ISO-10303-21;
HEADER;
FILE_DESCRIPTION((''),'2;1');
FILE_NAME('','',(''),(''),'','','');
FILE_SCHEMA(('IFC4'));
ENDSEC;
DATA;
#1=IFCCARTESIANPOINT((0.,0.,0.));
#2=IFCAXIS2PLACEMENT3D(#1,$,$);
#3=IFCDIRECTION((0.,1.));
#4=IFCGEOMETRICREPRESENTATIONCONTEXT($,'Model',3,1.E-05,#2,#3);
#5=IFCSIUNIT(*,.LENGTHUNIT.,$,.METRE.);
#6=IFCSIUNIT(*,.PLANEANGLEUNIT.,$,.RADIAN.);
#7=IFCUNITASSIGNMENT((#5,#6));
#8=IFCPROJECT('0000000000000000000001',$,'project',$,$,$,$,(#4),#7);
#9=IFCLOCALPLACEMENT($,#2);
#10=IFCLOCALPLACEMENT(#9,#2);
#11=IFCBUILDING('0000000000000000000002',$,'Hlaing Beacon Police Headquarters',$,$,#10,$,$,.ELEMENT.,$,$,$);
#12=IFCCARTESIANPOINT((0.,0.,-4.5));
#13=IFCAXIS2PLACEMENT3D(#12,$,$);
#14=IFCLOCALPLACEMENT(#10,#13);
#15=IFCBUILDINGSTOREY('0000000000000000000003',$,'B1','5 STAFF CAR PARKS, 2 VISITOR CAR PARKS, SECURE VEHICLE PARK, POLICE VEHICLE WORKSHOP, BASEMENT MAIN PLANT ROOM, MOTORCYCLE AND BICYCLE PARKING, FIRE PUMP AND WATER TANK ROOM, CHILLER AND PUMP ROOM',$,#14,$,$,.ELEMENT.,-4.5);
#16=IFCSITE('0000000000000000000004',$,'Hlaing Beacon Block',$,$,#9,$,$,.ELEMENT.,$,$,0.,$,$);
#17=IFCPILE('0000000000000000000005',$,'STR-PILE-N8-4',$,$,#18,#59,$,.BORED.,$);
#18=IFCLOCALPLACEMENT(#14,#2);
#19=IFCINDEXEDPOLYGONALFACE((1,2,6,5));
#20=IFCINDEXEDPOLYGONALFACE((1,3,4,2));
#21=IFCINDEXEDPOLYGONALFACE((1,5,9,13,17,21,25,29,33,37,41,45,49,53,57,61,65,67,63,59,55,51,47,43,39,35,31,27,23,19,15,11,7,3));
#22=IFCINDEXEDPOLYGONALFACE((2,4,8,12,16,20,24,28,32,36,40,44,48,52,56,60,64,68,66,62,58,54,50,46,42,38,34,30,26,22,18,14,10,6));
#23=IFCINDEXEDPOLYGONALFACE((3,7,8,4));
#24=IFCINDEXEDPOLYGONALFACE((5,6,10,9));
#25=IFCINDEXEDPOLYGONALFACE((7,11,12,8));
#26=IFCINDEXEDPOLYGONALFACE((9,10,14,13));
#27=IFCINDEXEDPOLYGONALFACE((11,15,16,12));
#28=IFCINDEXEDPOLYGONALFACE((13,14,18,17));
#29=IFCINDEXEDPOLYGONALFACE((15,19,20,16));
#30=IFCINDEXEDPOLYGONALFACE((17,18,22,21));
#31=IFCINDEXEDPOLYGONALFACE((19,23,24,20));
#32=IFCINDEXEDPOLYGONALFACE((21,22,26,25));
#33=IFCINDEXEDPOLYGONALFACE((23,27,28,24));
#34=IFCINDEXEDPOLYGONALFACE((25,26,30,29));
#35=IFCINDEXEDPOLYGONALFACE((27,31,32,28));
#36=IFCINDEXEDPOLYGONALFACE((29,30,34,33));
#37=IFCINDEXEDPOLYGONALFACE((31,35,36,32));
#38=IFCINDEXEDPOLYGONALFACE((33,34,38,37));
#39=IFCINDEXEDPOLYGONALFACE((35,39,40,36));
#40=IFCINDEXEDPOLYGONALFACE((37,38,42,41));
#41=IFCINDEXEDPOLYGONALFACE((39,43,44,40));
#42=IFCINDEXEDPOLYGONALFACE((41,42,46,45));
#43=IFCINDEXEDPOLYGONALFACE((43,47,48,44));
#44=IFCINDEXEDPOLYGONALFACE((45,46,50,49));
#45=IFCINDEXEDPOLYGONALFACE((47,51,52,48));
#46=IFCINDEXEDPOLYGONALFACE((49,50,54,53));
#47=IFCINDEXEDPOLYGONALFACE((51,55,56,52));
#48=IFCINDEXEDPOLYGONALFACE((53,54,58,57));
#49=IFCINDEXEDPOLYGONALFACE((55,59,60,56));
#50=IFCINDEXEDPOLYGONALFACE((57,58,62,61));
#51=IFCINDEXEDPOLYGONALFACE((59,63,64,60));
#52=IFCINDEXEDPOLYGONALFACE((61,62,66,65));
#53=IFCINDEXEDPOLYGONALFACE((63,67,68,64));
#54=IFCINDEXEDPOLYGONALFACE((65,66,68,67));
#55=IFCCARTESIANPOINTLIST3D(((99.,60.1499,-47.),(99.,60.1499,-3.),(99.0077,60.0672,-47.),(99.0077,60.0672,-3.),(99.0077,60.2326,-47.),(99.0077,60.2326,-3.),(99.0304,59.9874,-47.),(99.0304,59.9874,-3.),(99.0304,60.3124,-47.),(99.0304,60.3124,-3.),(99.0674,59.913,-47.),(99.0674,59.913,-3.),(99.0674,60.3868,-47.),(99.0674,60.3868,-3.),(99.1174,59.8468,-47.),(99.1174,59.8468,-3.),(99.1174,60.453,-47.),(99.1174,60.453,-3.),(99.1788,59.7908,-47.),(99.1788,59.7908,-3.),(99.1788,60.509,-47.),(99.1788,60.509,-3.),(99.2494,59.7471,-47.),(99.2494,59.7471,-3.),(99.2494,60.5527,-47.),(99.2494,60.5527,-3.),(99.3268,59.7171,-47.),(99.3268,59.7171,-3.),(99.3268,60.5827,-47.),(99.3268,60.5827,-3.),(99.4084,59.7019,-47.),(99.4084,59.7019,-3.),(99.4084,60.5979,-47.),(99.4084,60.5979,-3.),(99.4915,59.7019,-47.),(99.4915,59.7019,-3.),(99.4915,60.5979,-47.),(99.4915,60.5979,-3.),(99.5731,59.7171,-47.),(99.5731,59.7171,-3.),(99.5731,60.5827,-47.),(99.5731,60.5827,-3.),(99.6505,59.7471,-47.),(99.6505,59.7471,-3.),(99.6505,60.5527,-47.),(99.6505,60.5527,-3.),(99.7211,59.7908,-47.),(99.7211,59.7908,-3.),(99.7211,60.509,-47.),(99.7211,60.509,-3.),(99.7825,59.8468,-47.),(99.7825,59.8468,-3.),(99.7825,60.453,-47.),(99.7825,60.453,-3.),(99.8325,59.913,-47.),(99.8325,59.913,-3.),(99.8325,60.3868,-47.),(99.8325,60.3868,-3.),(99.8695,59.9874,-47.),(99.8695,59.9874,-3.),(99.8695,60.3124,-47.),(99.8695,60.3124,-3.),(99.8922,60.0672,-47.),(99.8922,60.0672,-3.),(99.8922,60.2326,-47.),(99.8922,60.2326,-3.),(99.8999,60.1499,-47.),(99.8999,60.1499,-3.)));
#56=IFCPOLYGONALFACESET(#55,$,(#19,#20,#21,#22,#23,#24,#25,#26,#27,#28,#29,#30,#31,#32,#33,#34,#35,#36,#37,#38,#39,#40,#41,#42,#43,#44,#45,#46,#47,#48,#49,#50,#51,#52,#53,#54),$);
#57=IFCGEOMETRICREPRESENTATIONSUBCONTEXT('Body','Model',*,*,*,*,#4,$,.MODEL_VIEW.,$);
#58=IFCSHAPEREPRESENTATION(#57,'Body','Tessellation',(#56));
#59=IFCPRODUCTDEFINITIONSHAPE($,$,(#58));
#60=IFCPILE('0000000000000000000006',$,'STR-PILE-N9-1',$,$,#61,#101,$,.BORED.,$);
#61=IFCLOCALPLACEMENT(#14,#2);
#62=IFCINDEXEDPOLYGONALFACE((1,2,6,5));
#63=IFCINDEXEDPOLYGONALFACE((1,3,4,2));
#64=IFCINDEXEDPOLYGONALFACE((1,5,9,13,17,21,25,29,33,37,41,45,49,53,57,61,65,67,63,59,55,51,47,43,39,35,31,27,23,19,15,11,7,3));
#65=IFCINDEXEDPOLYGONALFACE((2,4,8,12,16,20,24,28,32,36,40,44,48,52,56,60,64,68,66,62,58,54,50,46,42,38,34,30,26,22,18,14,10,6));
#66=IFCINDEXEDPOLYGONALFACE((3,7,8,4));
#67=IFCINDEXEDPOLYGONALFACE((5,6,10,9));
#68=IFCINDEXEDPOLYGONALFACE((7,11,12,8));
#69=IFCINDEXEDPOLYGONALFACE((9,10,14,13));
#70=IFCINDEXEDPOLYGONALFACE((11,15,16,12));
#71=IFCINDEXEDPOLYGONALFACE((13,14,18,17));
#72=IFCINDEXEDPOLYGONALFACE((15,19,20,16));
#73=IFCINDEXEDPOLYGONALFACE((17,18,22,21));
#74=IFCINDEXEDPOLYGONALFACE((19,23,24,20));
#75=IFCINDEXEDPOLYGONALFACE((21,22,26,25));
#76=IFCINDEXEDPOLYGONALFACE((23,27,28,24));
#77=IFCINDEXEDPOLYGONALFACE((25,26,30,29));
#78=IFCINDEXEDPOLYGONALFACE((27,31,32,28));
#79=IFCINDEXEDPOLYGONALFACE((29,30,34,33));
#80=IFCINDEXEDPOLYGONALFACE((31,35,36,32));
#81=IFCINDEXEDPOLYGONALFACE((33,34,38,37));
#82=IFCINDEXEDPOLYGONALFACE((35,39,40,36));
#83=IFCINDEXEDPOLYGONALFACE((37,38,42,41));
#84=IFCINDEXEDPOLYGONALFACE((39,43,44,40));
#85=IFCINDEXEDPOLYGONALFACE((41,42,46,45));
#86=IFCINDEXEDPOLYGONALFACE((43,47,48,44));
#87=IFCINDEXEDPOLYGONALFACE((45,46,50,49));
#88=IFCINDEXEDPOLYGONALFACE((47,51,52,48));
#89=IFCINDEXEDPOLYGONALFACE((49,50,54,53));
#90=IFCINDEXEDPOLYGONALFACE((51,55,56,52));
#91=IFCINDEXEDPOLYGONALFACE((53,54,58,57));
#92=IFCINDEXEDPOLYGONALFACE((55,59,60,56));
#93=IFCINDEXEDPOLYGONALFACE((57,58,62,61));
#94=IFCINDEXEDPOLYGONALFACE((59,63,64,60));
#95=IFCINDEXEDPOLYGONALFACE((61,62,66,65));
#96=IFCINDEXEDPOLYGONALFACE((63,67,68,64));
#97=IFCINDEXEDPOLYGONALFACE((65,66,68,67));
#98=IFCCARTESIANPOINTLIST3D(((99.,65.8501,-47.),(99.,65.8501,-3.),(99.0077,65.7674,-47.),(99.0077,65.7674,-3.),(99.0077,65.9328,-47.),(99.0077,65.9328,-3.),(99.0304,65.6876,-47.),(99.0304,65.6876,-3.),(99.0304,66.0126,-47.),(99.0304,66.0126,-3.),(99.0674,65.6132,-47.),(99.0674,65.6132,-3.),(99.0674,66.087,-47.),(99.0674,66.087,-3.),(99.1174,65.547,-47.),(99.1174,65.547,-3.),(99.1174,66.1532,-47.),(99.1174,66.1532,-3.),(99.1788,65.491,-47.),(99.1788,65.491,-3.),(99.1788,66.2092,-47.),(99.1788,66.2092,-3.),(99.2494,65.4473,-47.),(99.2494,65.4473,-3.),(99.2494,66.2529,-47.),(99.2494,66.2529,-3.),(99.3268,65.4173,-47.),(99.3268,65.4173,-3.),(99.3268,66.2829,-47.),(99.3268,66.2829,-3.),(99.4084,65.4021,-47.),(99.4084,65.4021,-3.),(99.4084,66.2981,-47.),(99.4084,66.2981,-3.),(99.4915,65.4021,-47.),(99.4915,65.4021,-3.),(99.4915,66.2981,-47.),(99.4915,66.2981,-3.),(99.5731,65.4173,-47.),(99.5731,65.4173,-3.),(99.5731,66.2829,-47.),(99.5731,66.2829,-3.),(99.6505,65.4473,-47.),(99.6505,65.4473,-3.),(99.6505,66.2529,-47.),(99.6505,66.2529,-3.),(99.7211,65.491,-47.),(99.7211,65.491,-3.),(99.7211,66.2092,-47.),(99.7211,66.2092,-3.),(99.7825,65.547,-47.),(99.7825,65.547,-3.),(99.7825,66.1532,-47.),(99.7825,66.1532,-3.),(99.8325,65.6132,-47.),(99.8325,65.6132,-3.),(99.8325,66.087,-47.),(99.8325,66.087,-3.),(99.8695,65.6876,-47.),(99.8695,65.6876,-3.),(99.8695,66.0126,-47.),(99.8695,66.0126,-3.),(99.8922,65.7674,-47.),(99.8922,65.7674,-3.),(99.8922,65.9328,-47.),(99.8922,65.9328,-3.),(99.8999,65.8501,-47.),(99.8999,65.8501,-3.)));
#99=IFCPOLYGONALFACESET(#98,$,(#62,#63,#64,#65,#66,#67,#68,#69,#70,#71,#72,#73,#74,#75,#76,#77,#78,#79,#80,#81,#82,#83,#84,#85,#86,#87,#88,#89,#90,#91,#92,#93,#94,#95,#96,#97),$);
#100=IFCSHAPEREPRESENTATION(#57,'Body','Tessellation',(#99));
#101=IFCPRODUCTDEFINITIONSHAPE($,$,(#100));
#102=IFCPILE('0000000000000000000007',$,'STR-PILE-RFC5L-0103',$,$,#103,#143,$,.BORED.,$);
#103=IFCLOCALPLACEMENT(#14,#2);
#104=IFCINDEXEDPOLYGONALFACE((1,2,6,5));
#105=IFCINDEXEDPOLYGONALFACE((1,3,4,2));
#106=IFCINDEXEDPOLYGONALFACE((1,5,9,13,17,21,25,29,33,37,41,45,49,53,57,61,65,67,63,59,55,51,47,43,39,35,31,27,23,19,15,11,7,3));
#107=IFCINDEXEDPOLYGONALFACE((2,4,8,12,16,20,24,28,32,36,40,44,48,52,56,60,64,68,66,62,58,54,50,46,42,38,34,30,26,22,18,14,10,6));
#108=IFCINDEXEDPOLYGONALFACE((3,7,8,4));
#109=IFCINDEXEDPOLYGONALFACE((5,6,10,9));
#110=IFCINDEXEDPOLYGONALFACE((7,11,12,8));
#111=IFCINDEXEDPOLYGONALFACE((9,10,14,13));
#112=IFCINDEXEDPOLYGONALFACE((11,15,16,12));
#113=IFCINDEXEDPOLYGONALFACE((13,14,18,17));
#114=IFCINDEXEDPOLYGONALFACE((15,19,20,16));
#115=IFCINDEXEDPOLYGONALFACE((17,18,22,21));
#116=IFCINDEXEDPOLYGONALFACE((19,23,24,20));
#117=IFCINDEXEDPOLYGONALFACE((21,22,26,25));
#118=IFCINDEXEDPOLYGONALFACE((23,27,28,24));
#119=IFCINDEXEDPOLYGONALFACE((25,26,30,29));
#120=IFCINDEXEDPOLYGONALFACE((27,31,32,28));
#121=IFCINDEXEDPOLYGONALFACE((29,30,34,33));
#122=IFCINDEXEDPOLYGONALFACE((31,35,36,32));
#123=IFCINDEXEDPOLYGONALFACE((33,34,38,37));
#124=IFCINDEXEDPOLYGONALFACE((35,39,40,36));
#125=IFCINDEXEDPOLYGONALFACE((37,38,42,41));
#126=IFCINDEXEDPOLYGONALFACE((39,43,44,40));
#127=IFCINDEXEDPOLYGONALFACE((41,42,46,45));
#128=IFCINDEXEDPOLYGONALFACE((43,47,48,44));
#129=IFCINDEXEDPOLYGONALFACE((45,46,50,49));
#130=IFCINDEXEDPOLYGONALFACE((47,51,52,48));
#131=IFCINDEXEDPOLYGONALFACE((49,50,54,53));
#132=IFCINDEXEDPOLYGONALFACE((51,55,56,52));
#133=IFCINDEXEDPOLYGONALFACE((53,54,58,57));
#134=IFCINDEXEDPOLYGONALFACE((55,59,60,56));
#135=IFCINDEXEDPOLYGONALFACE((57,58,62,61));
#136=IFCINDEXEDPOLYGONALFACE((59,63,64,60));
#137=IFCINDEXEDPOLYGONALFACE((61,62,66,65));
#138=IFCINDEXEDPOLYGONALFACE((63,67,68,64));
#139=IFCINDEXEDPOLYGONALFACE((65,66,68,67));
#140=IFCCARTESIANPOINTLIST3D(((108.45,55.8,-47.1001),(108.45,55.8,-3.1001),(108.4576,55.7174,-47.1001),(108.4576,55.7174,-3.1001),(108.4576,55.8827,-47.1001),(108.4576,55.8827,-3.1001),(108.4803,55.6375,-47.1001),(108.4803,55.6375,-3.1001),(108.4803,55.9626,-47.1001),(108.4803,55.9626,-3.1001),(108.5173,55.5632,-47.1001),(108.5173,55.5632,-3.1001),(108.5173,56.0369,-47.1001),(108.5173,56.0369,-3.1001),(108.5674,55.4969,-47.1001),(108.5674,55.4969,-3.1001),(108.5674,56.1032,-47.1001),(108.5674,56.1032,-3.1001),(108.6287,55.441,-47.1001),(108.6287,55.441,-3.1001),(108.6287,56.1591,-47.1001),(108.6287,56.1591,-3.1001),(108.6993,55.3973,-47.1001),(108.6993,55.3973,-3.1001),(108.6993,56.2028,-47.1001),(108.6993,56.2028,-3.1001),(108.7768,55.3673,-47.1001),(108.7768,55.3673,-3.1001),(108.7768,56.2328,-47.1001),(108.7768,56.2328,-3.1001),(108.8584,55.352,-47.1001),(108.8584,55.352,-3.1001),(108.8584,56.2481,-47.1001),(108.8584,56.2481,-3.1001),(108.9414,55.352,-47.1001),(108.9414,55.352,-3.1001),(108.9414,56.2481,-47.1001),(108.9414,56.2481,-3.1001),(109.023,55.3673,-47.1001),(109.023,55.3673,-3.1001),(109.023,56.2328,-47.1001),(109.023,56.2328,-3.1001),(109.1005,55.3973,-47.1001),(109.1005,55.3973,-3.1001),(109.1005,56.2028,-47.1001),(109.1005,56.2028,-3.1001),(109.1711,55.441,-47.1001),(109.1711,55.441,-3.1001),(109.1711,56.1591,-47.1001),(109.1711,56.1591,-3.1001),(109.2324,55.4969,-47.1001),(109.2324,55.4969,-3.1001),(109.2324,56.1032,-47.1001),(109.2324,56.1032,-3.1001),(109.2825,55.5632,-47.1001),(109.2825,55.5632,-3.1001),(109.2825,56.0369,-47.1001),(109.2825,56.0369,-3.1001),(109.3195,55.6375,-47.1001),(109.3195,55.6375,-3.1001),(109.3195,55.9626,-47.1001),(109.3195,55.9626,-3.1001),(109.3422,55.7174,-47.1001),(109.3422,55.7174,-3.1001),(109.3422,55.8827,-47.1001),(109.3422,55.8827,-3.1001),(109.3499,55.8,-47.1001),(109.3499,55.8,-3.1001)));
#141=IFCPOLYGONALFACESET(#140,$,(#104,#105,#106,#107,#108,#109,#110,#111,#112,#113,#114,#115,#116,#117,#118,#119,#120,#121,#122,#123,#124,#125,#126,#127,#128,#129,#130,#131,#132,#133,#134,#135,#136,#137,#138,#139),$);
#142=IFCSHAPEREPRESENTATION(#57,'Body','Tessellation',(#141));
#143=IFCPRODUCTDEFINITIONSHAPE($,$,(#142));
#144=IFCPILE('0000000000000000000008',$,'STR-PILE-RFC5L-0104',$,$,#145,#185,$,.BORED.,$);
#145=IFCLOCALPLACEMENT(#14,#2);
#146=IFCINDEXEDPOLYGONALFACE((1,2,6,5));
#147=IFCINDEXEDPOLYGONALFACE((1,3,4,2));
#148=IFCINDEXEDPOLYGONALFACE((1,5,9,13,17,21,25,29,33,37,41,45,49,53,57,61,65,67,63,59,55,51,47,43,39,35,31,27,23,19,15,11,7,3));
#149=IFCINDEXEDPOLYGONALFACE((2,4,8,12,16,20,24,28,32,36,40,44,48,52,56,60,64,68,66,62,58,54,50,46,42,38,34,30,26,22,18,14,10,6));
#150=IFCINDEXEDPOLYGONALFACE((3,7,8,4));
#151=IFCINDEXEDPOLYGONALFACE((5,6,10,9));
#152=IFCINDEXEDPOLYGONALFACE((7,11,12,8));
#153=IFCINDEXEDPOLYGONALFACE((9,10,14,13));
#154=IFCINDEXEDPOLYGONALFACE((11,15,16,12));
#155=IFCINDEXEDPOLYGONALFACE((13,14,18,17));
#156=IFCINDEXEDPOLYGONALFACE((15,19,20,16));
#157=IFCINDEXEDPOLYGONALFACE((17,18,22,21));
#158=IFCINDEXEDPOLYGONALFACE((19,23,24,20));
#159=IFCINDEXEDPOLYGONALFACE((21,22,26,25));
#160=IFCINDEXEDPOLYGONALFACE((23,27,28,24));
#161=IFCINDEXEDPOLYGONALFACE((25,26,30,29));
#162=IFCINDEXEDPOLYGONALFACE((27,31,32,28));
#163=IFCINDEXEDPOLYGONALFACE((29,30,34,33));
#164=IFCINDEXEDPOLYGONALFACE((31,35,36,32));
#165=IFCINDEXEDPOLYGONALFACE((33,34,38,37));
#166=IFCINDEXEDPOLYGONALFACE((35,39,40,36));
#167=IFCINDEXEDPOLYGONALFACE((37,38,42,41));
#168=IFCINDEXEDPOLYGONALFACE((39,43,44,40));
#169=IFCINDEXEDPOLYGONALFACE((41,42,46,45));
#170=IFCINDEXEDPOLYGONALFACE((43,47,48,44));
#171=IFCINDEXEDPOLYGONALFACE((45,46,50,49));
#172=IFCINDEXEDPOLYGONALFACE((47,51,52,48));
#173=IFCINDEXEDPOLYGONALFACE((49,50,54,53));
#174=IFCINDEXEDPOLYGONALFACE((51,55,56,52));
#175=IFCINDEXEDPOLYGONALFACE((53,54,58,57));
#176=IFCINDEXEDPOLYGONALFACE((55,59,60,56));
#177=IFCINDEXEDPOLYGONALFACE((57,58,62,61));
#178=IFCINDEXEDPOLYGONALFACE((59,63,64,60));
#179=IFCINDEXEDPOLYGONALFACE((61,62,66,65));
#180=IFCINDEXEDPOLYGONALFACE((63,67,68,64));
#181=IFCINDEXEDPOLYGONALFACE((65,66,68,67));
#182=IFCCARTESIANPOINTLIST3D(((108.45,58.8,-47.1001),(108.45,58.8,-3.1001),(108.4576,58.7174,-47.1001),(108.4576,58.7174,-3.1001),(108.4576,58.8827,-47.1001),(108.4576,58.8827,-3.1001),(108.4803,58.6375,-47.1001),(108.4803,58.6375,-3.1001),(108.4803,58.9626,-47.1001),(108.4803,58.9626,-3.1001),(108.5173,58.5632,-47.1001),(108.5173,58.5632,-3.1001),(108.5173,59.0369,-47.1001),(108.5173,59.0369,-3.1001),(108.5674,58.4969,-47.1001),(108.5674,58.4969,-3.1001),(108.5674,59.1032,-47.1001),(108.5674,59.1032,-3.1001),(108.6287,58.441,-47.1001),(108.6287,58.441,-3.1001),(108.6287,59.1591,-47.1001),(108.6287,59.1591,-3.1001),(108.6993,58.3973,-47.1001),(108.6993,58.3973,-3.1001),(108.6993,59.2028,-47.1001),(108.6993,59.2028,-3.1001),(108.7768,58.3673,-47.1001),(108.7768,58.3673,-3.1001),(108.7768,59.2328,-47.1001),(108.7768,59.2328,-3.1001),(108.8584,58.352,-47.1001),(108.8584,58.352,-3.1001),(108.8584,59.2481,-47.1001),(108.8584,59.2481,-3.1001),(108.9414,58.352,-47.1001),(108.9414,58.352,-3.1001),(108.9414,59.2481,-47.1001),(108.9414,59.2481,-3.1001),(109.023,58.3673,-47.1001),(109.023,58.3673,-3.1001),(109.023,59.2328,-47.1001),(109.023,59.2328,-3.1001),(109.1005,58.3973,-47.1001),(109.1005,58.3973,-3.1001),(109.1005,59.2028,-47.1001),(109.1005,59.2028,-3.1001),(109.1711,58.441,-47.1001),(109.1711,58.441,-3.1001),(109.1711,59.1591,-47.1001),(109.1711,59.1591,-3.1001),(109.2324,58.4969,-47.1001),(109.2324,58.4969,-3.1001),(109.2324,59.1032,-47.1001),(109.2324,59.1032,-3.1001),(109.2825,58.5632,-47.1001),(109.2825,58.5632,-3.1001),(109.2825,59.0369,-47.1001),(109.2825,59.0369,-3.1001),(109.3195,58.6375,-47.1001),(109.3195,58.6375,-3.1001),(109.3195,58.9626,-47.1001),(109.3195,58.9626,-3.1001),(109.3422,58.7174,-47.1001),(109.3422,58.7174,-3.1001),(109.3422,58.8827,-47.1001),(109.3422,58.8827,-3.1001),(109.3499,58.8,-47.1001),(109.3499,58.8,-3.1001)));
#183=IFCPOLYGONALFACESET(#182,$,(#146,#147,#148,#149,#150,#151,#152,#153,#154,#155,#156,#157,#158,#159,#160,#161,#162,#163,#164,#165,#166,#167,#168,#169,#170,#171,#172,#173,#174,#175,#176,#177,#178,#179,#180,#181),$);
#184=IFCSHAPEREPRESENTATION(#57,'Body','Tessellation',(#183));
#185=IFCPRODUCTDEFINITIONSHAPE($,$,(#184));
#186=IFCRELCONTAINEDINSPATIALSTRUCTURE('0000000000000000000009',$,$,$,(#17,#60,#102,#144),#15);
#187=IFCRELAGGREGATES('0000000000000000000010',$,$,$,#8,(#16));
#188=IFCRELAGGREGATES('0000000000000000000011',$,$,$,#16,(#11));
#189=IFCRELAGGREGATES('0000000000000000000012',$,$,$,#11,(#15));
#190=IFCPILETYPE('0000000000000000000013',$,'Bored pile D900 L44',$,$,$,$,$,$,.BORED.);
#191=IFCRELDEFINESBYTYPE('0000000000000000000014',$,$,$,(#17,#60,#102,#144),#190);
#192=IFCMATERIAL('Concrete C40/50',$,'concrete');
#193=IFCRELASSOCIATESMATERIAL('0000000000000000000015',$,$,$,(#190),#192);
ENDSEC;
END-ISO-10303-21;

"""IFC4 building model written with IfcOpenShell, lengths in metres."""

from ifc_helpers import new_model, si_unit, direction, frame, origin, origin_2d, place, context, subcontext, project, spatial, circle, extrude, material, material_profile, profile_set, type_object, element, save


model = new_model("IFC4")

# Units and contexts
model_context = context("Model", 3, precision=1e-05, world=origin(), true_north=direction((0.0, 1.0)))
body_context = subcontext(model_context, "Body", "Model", "MODEL_VIEW")
ifc_project = project(units=[si_unit("LENGTHUNIT", "METRE"), si_unit("PLANEANGLEUNIT", "RADIAN")], contexts=[model_context])

# Site, building, storey
site_placement = place(None, origin())
site = spatial("IfcSite", under=ifc_project, at=site_placement, Name="Hlaing Beacon Block", CompositionType="ELEMENT", RefElevation=0.0)
building_placement = place(site_placement, origin())
building = spatial("IfcBuilding", under=site, at=building_placement, Name="Hlaing Beacon Police Headquarters", CompositionType="ELEMENT")
storey_placement = place(building_placement, frame((0.0, 0.0, -4.5)))
storey = spatial("IfcBuildingStorey", under=building, at=storey_placement, Name="B1", Description="5 STAFF CAR PARKS, 2 VISITOR CAR PARKS, SECURE VEHICLE PARK, POLICE VEHICLE WORKSHOP, BASEMENT MAIN PLANT ROOM, MOTORCYCLE AND BICYCLE PARKING, FIRE PUMP AND WATER TANK ROOM, CHILLER AND PUMP ROOM", CompositionType="ELEMENT", Elevation=-4.5)

# Piles
ifc_material_1 = material(Name="Concrete C40/50", Category="concrete")
ifc_material_profile_1 = material_profile(ifc_material_1, circle(Radius=0.45, at=origin_2d()), Name="D900")
ifc_profile_set_1 = profile_set([ifc_material_profile_1], Name="Concrete C40/50")
pile_type_1 = type_object("IfcPileType", Name="Bored pile D900 L44", PredefinedType="BORED", material=ifc_profile_set_1)
for number, where, z_axis, x_axis, name in (
    (1, (99.45, 60.1499, -3.0), (0.0, 0.0, -1.0), (1.0, 0.0, 0.0), "STR-PILE-N8-4"),
    (2, (99.45, 65.8501, -3.0), (0.0, 0.0, -1.0), (1.0, 0.0, 0.0), "STR-PILE-N9-1"),
    (3, (108.8999, 55.8, -3.1001), (0.0, 0.0, -1.0), (1.0, 0.0, 0.0), "STR-PILE-RFC5L-0103"),
    (4, (108.8999, 58.8, -3.1001), (0.0, 0.0, -1.0), (1.0, 0.0, 0.0), "STR-PILE-RFC5L-0104"),
):
    element("IfcPile", number, at=place(storey_placement, frame(where, z_axis=z_axis, x_axis=x_axis)), inside=storey, type_object=pile_type_1, Name=name, PredefinedType="BORED", context=body_context, shape_type="SweptSolid", body=[
        extrude(circle(Radius=0.45, at=origin_2d()), origin(), (0.0, 0.0, 1.0), 44.0),
    ])

save(model, "model.ifc")
